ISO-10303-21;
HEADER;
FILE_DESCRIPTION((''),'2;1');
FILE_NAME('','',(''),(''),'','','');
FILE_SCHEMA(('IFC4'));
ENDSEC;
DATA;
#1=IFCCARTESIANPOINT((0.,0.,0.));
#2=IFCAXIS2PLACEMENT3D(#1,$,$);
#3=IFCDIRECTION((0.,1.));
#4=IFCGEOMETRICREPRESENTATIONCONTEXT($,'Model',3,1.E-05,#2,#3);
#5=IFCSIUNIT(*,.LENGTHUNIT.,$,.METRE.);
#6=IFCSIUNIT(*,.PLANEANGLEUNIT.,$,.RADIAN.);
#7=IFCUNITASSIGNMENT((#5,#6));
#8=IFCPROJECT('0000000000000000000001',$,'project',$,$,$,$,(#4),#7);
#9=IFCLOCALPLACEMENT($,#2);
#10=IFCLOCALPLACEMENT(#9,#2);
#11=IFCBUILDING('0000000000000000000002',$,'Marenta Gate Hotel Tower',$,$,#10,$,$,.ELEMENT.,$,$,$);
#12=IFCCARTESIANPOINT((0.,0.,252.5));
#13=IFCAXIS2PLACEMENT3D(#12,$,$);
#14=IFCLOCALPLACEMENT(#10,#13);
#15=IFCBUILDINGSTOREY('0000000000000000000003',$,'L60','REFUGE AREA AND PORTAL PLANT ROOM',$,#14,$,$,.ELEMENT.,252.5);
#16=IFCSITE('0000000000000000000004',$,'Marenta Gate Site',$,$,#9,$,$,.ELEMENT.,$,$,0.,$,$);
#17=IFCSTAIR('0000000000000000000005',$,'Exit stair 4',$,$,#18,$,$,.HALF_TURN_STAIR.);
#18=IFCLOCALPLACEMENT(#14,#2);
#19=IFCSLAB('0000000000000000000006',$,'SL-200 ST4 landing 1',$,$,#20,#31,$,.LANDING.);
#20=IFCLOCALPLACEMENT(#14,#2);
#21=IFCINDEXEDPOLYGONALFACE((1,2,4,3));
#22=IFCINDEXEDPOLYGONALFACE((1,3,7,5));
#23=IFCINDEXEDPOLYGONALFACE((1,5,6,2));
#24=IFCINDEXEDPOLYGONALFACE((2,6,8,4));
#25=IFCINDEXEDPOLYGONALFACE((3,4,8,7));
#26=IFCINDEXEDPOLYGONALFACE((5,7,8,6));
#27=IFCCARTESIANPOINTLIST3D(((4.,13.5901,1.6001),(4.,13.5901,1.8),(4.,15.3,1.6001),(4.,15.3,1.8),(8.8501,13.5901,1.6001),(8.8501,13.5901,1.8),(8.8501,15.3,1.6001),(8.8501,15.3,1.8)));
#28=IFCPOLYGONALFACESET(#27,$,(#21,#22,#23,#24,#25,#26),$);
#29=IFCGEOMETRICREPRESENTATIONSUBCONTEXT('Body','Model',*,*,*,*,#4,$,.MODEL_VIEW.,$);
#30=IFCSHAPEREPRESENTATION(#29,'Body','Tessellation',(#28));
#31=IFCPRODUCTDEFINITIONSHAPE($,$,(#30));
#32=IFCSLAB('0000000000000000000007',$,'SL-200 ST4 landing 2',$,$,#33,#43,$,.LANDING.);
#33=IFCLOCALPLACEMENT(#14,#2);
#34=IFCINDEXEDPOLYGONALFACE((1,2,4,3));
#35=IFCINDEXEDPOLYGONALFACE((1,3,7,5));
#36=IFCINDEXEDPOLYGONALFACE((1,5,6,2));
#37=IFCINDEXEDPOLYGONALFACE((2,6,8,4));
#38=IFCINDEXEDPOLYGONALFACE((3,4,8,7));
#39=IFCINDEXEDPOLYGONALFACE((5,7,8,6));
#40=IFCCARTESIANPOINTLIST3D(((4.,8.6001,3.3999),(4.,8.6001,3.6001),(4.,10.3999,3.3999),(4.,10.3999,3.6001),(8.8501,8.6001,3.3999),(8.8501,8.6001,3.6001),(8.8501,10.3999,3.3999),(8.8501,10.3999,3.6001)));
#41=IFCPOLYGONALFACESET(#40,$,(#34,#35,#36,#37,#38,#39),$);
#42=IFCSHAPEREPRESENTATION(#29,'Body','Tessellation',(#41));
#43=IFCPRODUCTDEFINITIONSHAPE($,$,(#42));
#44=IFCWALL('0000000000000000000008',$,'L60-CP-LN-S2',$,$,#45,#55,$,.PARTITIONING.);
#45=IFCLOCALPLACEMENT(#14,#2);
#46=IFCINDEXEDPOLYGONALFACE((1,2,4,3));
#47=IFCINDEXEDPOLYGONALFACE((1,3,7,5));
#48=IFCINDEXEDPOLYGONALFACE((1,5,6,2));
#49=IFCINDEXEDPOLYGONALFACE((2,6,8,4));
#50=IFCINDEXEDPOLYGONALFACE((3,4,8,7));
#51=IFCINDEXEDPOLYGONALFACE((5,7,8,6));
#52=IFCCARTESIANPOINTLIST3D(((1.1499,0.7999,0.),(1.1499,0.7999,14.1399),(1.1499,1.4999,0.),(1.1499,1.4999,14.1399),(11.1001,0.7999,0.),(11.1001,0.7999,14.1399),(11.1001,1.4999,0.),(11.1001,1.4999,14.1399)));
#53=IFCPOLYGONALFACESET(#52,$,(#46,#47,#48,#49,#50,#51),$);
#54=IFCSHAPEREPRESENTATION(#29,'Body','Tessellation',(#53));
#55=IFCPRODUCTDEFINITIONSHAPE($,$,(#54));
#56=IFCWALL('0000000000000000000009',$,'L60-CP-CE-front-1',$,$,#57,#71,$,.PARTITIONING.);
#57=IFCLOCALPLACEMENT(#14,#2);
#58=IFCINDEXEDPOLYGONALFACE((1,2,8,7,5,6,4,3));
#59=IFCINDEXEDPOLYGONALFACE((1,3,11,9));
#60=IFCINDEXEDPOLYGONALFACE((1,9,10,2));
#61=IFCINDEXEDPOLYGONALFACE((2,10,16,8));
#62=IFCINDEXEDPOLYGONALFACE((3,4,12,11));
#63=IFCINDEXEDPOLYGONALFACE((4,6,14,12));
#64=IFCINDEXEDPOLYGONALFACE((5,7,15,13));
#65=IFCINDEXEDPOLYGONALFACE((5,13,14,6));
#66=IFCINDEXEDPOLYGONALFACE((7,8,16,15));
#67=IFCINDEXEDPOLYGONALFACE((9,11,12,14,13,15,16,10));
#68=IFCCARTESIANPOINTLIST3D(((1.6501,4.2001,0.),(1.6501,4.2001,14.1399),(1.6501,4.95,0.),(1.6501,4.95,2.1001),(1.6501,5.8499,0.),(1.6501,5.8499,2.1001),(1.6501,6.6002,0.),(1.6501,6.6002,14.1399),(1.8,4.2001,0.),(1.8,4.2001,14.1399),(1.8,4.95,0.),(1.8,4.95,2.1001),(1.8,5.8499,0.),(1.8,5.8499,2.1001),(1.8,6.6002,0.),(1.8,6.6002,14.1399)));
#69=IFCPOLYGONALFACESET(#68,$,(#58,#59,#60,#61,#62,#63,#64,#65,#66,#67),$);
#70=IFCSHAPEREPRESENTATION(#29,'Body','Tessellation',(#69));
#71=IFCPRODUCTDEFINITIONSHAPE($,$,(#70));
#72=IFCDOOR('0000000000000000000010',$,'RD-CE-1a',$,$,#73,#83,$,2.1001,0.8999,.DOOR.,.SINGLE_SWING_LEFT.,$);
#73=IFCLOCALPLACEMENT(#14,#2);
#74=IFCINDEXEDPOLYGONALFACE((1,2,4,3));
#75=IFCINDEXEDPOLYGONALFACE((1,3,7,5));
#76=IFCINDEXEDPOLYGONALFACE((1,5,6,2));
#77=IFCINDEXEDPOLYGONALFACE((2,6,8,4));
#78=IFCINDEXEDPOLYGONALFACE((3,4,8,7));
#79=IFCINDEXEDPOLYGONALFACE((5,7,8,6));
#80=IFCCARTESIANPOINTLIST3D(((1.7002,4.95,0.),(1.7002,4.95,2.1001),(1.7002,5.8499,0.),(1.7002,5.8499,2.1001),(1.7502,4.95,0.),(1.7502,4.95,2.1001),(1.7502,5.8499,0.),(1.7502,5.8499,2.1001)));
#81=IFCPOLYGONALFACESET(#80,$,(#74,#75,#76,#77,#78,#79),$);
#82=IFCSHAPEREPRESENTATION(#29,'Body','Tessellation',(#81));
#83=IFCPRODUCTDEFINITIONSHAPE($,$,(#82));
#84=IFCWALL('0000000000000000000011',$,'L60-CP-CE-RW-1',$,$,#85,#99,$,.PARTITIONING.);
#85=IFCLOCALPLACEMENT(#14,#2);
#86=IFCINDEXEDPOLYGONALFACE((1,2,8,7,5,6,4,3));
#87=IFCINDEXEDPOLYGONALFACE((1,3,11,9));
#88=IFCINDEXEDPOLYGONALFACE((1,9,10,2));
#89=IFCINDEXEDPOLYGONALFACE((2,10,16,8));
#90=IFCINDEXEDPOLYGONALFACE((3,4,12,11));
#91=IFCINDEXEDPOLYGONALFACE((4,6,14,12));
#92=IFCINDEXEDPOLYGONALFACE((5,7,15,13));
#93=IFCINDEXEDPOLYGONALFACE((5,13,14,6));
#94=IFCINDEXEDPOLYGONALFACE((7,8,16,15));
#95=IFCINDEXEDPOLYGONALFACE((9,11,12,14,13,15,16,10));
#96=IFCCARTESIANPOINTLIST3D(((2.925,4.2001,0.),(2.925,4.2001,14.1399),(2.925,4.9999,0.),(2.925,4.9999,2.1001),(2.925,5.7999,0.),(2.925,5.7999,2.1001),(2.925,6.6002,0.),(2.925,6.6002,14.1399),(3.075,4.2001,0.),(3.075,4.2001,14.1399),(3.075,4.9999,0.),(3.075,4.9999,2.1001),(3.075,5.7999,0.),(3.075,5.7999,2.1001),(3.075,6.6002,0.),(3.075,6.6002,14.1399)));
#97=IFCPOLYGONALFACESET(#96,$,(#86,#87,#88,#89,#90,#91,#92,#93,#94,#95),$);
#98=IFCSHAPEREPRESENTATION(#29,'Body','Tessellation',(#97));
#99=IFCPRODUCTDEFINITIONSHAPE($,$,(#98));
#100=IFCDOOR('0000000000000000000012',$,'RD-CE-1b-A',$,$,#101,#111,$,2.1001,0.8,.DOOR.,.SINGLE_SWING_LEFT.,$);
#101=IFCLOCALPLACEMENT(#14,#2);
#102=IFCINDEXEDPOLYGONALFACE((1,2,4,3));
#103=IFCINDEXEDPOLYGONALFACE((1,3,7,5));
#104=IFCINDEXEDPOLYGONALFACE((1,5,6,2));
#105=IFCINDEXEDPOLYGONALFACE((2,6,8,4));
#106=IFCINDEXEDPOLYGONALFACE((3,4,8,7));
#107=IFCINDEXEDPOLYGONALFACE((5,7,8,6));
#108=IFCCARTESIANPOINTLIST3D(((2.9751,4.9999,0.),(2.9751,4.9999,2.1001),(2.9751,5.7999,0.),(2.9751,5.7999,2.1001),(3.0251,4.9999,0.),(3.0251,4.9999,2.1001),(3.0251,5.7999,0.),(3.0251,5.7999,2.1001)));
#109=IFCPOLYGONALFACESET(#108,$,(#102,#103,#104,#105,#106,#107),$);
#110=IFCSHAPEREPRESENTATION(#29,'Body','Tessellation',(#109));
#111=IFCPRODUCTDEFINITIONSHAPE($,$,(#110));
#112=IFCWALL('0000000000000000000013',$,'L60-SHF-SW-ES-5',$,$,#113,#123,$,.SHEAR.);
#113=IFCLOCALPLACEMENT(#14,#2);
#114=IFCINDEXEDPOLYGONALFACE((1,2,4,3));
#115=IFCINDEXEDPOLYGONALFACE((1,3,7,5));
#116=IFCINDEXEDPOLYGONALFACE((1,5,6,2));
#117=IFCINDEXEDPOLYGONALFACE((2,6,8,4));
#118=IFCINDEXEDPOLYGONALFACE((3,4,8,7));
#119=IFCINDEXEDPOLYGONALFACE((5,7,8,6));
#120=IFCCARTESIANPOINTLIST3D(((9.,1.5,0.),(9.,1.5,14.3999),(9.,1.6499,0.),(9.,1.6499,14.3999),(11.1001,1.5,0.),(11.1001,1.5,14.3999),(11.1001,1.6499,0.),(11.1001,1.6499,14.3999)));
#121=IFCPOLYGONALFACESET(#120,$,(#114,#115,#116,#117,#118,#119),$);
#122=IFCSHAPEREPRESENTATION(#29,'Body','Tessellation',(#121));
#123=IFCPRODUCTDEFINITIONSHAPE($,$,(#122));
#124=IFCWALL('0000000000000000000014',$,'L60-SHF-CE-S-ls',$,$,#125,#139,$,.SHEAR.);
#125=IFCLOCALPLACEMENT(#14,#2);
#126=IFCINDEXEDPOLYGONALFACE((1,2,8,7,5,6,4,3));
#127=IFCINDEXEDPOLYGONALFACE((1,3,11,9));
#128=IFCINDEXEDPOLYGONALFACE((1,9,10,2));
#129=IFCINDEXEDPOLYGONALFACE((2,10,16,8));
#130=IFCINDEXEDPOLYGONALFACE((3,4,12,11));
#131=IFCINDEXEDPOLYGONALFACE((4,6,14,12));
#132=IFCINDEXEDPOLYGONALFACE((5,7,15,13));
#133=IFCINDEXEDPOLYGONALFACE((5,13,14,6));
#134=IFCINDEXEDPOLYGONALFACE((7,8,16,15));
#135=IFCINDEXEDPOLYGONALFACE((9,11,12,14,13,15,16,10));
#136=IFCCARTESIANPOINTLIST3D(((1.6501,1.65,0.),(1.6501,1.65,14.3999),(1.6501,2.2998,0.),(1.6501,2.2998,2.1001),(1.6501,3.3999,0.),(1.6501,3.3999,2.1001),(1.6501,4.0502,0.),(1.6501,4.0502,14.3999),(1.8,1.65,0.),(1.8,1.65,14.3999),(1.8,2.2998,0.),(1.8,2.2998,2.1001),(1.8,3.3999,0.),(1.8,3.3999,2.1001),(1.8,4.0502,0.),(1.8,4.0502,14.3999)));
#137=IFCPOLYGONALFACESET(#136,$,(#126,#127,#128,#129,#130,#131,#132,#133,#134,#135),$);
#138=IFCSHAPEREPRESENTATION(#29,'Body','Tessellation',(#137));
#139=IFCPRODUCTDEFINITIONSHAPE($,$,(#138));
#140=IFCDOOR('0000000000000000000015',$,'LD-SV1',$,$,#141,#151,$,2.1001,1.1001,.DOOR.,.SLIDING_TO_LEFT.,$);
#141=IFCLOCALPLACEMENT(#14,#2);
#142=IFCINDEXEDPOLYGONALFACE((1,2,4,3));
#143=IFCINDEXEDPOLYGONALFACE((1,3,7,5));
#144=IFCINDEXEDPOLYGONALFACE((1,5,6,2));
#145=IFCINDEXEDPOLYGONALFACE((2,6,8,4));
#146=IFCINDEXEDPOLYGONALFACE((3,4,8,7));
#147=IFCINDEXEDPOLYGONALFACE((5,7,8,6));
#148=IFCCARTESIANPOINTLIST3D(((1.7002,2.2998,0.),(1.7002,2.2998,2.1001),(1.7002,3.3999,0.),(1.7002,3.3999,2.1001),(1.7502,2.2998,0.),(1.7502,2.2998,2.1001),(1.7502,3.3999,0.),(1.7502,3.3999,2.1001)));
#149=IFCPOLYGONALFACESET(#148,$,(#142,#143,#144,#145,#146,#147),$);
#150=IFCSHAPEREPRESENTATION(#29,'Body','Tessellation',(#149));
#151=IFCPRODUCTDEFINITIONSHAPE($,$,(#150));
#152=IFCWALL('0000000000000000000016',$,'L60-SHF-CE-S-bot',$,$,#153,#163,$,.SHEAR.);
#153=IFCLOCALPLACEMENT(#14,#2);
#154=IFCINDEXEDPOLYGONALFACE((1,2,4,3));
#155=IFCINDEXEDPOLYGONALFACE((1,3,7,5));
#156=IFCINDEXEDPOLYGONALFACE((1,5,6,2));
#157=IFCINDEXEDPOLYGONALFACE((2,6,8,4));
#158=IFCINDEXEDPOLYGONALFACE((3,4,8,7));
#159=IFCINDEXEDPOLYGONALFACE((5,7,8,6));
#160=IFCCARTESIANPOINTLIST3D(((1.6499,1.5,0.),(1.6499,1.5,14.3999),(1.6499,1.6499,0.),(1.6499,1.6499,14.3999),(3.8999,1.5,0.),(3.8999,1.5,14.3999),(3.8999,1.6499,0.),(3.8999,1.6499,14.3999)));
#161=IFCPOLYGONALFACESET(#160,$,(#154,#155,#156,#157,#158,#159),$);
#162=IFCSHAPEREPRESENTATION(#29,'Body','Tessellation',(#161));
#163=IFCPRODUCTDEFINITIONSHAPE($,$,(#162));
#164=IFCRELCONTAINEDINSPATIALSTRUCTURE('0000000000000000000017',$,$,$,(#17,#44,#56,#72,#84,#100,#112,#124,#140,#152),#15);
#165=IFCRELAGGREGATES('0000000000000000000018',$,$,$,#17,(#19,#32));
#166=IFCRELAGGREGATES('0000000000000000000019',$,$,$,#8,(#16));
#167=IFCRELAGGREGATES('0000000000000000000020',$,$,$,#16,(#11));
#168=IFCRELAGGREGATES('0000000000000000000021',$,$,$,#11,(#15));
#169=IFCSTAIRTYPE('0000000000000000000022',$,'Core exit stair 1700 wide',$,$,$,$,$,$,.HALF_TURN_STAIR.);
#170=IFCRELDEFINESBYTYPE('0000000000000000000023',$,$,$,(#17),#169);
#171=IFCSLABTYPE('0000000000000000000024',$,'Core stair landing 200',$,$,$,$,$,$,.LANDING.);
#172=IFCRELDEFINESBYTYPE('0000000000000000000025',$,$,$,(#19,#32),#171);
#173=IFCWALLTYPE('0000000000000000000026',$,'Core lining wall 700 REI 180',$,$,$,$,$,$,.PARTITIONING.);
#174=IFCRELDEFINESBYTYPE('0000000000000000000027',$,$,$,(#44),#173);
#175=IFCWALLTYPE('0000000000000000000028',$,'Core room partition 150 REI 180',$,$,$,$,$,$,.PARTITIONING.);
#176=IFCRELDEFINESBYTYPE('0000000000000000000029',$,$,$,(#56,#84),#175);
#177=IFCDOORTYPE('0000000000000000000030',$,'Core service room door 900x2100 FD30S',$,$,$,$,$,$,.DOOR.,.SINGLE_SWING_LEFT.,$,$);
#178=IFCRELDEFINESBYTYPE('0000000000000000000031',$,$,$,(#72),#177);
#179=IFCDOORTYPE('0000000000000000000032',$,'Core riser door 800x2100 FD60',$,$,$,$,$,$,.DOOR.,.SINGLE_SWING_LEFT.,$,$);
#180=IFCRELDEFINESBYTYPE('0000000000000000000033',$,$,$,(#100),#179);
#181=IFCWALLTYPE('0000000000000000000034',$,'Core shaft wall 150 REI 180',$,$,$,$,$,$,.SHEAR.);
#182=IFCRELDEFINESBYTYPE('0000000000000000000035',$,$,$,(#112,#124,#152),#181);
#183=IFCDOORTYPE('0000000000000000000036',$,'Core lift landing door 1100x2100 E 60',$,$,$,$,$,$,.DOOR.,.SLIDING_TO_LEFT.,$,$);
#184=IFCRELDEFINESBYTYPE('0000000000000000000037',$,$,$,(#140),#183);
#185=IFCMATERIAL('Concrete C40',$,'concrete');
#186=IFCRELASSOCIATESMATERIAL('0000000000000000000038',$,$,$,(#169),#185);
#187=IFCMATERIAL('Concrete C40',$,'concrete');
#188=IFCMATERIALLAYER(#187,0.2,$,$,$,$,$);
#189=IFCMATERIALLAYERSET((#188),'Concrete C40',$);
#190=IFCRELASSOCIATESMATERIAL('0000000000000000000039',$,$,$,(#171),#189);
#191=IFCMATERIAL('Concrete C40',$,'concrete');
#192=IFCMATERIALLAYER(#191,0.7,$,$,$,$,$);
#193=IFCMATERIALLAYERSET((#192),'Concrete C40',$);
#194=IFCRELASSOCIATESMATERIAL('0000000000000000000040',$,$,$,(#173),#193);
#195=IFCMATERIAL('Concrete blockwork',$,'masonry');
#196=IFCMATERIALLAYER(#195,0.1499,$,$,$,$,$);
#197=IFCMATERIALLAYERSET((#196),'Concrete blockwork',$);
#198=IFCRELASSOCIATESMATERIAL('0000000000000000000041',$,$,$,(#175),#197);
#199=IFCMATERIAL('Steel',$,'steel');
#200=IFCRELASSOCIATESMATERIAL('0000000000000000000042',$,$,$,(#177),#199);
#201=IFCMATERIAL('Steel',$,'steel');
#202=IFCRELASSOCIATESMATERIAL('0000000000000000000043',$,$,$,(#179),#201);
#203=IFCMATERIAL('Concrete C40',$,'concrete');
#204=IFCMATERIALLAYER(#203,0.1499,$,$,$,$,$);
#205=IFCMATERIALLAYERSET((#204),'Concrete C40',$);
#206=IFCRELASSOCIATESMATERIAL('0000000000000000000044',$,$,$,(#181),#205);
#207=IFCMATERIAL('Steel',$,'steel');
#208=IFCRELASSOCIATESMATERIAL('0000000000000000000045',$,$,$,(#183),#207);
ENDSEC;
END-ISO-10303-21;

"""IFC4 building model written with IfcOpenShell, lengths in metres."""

from ifc_helpers import new_model, si_unit, direction, frame, frame_2d, origin, place, context, subcontext, project, spatial, polyline, rectangle, outline, extrude, material, layer, layer_set, type_object, element, fill, aggregate, save


model = new_model("IFC4")

# Units and contexts
model_context = context("Model", 3, precision=1e-05, world=origin(), true_north=direction((0.0, 1.0)))
body_context = subcontext(model_context, "Body", "Model", "MODEL_VIEW")
ifc_project = project(units=[si_unit("LENGTHUNIT", "METRE"), si_unit("PLANEANGLEUNIT", "RADIAN")], contexts=[model_context])

# Site, building, storey
site_placement = place(None, origin())
site = spatial("IfcSite", under=ifc_project, at=site_placement, Name="Marenta Gate Site", CompositionType="ELEMENT", RefElevation=0.0)
building_placement = place(site_placement, origin())
building = spatial("IfcBuilding", under=site, at=building_placement, Name="Marenta Gate Hotel Tower", CompositionType="ELEMENT")
storey_placement = place(building_placement, frame((0.0, 0.0, 252.5)))
storey = spatial("IfcBuildingStorey", under=building, at=storey_placement, Name="L60", Description="REFUGE AREA AND PORTAL PLANT ROOM", CompositionType="ELEMENT", Elevation=252.5)

# Stair, slabs
ifc_material_1 = material(Name="Concrete C40", Category="concrete")
stair_type = type_object("IfcStairType", Name="Core exit stair 1700 wide", PredefinedType="HALF_TURN_STAIR", material=ifc_material_1)
stair_1_placement = place(storey_placement, origin())
stair_1 = element("IfcStair", 1, at=stair_1_placement, inside=storey, type_object=stair_type, Name="Exit stair 4", PredefinedType="HALF_TURN_STAIR")
ifc_material_2 = material(Name="Concrete C40", Category="concrete")
ifc_layer_1 = layer(ifc_material_2, 0.2)
ifc_layer_set_1 = layer_set([ifc_layer_1], Name="Concrete C40")
slab_type = type_object("IfcSlabType", Name="Core stair landing 200", PredefinedType="LANDING", material=ifc_layer_set_1)
slab_1_placement = place(storey_placement, frame((0.0, 0.0, 1.6001)))
slab_1 = element("IfcSlab", 2, at=slab_1_placement, type_object=slab_type, Name="SL-200 ST4 landing 1", PredefinedType="LANDING", context=body_context, shape_type="SweptSolid", body=[
    extrude(outline(polyline([(4.0, 13.5901), (8.8501, 13.5901), (8.8501, 15.3), (4.0, 15.3), (4.0, 13.5901)])), origin(), (0.0, 0.0, 1.0), 0.2),
])
slab_2_placement = place(storey_placement, frame((0.0, 0.0, 3.3999)))
slab_2 = element("IfcSlab", 3, at=slab_2_placement, type_object=slab_type, Name="SL-200 ST4 landing 2", PredefinedType="LANDING", context=body_context, shape_type="SweptSolid", body=[
    extrude(outline(polyline([(4.0, 8.6001), (8.8501, 8.6001), (8.8501, 10.3999), (4.0, 10.3999), (4.0, 8.6001)])), origin(), (0.0, 0.0, 1.0), 0.2002),
])
aggregate(stair_1, [slab_1, slab_2])

# Wall
ifc_material_3 = material(Name="Concrete C40", Category="concrete")
ifc_layer_2 = layer(ifc_material_3, 0.7)
ifc_layer_set_2 = layer_set([ifc_layer_2], Name="Concrete C40")
wall_type_1 = type_object("IfcWallType", Name="Core lining wall 700 REI 180", PredefinedType="PARTITIONING", material=ifc_layer_set_2)
wall_1_placement = place(storey_placement, frame((1.1499, 1.1499, 0.0), z_axis=(0.0, 0.0, 1.0), x_axis=(1.0, 0.0, 0.0)))
element("IfcWall", 4, at=wall_1_placement, inside=storey, type_object=wall_type_1, Name="L60-CP-LN-S2", PredefinedType="PARTITIONING", context=body_context, shape_type="SweptSolid", body=[
    extrude(rectangle(XDim=9.9502, YDim=0.7, at=frame_2d((4.9751, 0.0))), origin(), (0.0, 0.0, 1.0), 14.1399),
])

# Walls, openings, doors
ifc_material_4 = material(Name="Concrete blockwork", Category="masonry")
ifc_layer_3 = layer(ifc_material_4, 0.1499)
ifc_layer_set_3 = layer_set([ifc_layer_3], Name="Concrete blockwork")
wall_type_2 = type_object("IfcWallType", Name="Core room partition 150 REI 180", PredefinedType="PARTITIONING", material=ifc_layer_set_3)
wall_2_placement = place(storey_placement, frame((1.7251, 4.2, 0.0), z_axis=(0.0, 0.0, 1.0), x_axis=(0.0, 1.0, 0.0)))
wall_2 = element("IfcWall", 5, at=wall_2_placement, inside=storey, type_object=wall_type_2, Name="L60-CP-CE-front-1", PredefinedType="PARTITIONING", context=body_context, shape_type="SweptSolid", body=[
    extrude(rectangle(XDim=2.4001, YDim=0.1499, at=frame_2d((1.2002, 0.0))), origin(), (0.0, 0.0, 1.0), 14.1399),
])
opening_1_placement = place(wall_2_placement, frame((0.75, 0.0, 0.0)))
opening_1 = element("IfcOpeningElement", 6, at=opening_1_placement, cuts=wall_2, PredefinedType="OPENING", context=body_context, shape_type="SweptSolid", body=[
    extrude(rectangle(XDim=0.8999, YDim=2.1001, at=frame_2d((0.45, 1.05))), frame((0.0, 0.075, 0.0), z_axis=(0.0, -1.0, 0.0), x_axis=(1.0, 0.0, 0.0)), (0.0, 0.0, 1.0), 0.1499),
])
ifc_material_5 = material(Name="Steel", Category="steel")
door_type_1 = type_object("IfcDoorType", Name="Core service room door 900x2100 FD30S", OperationType="SINGLE_SWING_LEFT", PredefinedType="DOOR", material=ifc_material_5)
door_1_placement = place(opening_1_placement, origin())
door_1 = element("IfcDoor", 7, at=door_1_placement, inside=storey, type_object=door_type_1, Name="RD-CE-1a", OperationType="SINGLE_SWING_LEFT", OverallHeight=2.1001, OverallWidth=0.8999, PredefinedType="DOOR", context=body_context, shape_type="SweptSolid", body=[
    extrude(rectangle(XDim=0.8999, YDim=2.1001, at=frame_2d((0.45, 1.05))), frame((0.0, 0.0249, 0.0), z_axis=(0.0, -1.0, 0.0), x_axis=(1.0, 0.0, 0.0)), (0.0, 0.0, 1.0), 0.05),
])
fill(opening_1, door_1)
wall_3_placement = place(storey_placement, frame((3.0, 4.2, 0.0), z_axis=(0.0, 0.0, 1.0), x_axis=(0.0, 1.0, 0.0)))
wall_3 = element("IfcWall", 8, at=wall_3_placement, inside=storey, type_object=wall_type_2, Name="L60-CP-CE-RW-1", PredefinedType="PARTITIONING", context=body_context, shape_type="SweptSolid", body=[
    extrude(rectangle(XDim=2.4001, YDim=0.1499, at=frame_2d((1.2002, 0.0))), origin(), (0.0, 0.0, 1.0), 14.1399),
])
opening_2_placement = place(wall_3_placement, frame((0.8, 0.0, 0.0)))
opening_2 = element("IfcOpeningElement", 9, at=opening_2_placement, cuts=wall_3, PredefinedType="OPENING", context=body_context, shape_type="SweptSolid", body=[
    extrude(rectangle(XDim=0.8, YDim=2.1001, at=frame_2d((0.3999, 1.05))), frame((0.0, 0.075, 0.0), z_axis=(0.0, -1.0, 0.0), x_axis=(1.0, 0.0, 0.0)), (0.0, 0.0, 1.0), 0.1499),
])
ifc_material_6 = material(Name="Steel", Category="steel")
door_type_2 = type_object("IfcDoorType", Name="Core riser door 800x2100 FD60", OperationType="SINGLE_SWING_LEFT", PredefinedType="DOOR", material=ifc_material_6)
door_2_placement = place(opening_2_placement, origin())
door_2 = element("IfcDoor", 10, at=door_2_placement, inside=storey, type_object=door_type_2, Name="RD-CE-1b-A", OperationType="SINGLE_SWING_LEFT", OverallHeight=2.1001, OverallWidth=0.8, PredefinedType="DOOR", context=body_context, shape_type="SweptSolid", body=[
    extrude(rectangle(XDim=0.8, YDim=2.1001, at=frame_2d((0.3999, 1.05))), frame((0.0, 0.0249, 0.0), z_axis=(0.0, -1.0, 0.0), x_axis=(1.0, 0.0, 0.0)), (0.0, 0.0, 1.0), 0.05),
])
fill(opening_2, door_2)

# Wall
ifc_material_7 = material(Name="Concrete C40", Category="concrete")
ifc_layer_4 = layer(ifc_material_7, 0.1499)
ifc_layer_set_4 = layer_set([ifc_layer_4], Name="Concrete C40")
wall_type_3 = type_object("IfcWallType", Name="Core shaft wall 150 REI 180", PredefinedType="SHEAR", material=ifc_layer_set_4)
wall_4_placement = place(storey_placement, frame((9.0, 1.575, 0.0), z_axis=(0.0, 0.0, 1.0), x_axis=(1.0, 0.0, 0.0)))
element("IfcWall", 11, at=wall_4_placement, inside=storey, type_object=wall_type_3, Name="L60-SHF-SW-ES-5", PredefinedType="SHEAR", context=body_context, shape_type="SweptSolid", body=[
    extrude(rectangle(XDim=2.1001, YDim=0.1499, at=frame_2d((1.05, 0.0))), origin(), (0.0, 0.0, 1.0), 14.3999),
])

# Wall, opening, door
wall_5_placement = place(storey_placement, frame((1.7251, 1.6499, 0.0), z_axis=(0.0, 0.0, 1.0), x_axis=(0.0, 1.0, 0.0)))
wall_5 = element("IfcWall", 12, at=wall_5_placement, inside=storey, type_object=wall_type_3, Name="L60-SHF-CE-S-ls", PredefinedType="SHEAR", context=body_context, shape_type="SweptSolid", body=[
    extrude(rectangle(XDim=2.4001, YDim=0.1499, at=frame_2d((1.2002, 0.0))), origin(), (0.0, 0.0, 1.0), 14.3999),
])
opening_3_placement = place(wall_5_placement, frame((0.6499, 0.0, 0.0)))
opening_3 = element("IfcOpeningElement", 13, at=opening_3_placement, cuts=wall_5, PredefinedType="OPENING", context=body_context, shape_type="SweptSolid", body=[
    extrude(rectangle(XDim=1.1001, YDim=2.1001, at=frame_2d((0.55, 1.05))), frame((0.0, 0.075, 0.0), z_axis=(0.0, -1.0, 0.0), x_axis=(1.0, 0.0, 0.0)), (0.0, 0.0, 1.0), 0.1499),
])
ifc_material_8 = material(Name="Steel", Category="steel")
door_type_3 = type_object("IfcDoorType", Name="Core lift landing door 1100x2100 E 60", OperationType="SLIDING_TO_LEFT", PredefinedType="DOOR", material=ifc_material_8)
door_3_placement = place(opening_3_placement, origin())
door_3 = element("IfcDoor", 14, at=door_3_placement, inside=storey, type_object=door_type_3, Name="LD-SV1", OperationType="SLIDING_TO_LEFT", OverallHeight=2.1001, OverallWidth=1.1001, PredefinedType="DOOR", context=body_context, shape_type="SweptSolid", body=[
    extrude(rectangle(XDim=1.1001, YDim=2.1001, at=frame_2d((0.55, 1.05))), frame((0.0, 0.0249, 0.0), z_axis=(0.0, -1.0, 0.0), x_axis=(1.0, 0.0, 0.0)), (0.0, 0.0, 1.0), 0.05),
])
fill(opening_3, door_3)

# Wall
wall_6_placement = place(storey_placement, frame((1.6499, 1.575, 0.0), z_axis=(0.0, 0.0, 1.0), x_axis=(1.0, 0.0, 0.0)))
element("IfcWall", 15, at=wall_6_placement, inside=storey, type_object=wall_type_3, Name="L60-SHF-CE-S-bot", PredefinedType="SHEAR", context=body_context, shape_type="SweptSolid", body=[
    extrude(rectangle(XDim=2.25, YDim=0.1499, at=frame_2d((1.125, 0.0))), origin(), (0.0, 0.0, 1.0), 14.3999),
])

save(model, "model.ifc")
